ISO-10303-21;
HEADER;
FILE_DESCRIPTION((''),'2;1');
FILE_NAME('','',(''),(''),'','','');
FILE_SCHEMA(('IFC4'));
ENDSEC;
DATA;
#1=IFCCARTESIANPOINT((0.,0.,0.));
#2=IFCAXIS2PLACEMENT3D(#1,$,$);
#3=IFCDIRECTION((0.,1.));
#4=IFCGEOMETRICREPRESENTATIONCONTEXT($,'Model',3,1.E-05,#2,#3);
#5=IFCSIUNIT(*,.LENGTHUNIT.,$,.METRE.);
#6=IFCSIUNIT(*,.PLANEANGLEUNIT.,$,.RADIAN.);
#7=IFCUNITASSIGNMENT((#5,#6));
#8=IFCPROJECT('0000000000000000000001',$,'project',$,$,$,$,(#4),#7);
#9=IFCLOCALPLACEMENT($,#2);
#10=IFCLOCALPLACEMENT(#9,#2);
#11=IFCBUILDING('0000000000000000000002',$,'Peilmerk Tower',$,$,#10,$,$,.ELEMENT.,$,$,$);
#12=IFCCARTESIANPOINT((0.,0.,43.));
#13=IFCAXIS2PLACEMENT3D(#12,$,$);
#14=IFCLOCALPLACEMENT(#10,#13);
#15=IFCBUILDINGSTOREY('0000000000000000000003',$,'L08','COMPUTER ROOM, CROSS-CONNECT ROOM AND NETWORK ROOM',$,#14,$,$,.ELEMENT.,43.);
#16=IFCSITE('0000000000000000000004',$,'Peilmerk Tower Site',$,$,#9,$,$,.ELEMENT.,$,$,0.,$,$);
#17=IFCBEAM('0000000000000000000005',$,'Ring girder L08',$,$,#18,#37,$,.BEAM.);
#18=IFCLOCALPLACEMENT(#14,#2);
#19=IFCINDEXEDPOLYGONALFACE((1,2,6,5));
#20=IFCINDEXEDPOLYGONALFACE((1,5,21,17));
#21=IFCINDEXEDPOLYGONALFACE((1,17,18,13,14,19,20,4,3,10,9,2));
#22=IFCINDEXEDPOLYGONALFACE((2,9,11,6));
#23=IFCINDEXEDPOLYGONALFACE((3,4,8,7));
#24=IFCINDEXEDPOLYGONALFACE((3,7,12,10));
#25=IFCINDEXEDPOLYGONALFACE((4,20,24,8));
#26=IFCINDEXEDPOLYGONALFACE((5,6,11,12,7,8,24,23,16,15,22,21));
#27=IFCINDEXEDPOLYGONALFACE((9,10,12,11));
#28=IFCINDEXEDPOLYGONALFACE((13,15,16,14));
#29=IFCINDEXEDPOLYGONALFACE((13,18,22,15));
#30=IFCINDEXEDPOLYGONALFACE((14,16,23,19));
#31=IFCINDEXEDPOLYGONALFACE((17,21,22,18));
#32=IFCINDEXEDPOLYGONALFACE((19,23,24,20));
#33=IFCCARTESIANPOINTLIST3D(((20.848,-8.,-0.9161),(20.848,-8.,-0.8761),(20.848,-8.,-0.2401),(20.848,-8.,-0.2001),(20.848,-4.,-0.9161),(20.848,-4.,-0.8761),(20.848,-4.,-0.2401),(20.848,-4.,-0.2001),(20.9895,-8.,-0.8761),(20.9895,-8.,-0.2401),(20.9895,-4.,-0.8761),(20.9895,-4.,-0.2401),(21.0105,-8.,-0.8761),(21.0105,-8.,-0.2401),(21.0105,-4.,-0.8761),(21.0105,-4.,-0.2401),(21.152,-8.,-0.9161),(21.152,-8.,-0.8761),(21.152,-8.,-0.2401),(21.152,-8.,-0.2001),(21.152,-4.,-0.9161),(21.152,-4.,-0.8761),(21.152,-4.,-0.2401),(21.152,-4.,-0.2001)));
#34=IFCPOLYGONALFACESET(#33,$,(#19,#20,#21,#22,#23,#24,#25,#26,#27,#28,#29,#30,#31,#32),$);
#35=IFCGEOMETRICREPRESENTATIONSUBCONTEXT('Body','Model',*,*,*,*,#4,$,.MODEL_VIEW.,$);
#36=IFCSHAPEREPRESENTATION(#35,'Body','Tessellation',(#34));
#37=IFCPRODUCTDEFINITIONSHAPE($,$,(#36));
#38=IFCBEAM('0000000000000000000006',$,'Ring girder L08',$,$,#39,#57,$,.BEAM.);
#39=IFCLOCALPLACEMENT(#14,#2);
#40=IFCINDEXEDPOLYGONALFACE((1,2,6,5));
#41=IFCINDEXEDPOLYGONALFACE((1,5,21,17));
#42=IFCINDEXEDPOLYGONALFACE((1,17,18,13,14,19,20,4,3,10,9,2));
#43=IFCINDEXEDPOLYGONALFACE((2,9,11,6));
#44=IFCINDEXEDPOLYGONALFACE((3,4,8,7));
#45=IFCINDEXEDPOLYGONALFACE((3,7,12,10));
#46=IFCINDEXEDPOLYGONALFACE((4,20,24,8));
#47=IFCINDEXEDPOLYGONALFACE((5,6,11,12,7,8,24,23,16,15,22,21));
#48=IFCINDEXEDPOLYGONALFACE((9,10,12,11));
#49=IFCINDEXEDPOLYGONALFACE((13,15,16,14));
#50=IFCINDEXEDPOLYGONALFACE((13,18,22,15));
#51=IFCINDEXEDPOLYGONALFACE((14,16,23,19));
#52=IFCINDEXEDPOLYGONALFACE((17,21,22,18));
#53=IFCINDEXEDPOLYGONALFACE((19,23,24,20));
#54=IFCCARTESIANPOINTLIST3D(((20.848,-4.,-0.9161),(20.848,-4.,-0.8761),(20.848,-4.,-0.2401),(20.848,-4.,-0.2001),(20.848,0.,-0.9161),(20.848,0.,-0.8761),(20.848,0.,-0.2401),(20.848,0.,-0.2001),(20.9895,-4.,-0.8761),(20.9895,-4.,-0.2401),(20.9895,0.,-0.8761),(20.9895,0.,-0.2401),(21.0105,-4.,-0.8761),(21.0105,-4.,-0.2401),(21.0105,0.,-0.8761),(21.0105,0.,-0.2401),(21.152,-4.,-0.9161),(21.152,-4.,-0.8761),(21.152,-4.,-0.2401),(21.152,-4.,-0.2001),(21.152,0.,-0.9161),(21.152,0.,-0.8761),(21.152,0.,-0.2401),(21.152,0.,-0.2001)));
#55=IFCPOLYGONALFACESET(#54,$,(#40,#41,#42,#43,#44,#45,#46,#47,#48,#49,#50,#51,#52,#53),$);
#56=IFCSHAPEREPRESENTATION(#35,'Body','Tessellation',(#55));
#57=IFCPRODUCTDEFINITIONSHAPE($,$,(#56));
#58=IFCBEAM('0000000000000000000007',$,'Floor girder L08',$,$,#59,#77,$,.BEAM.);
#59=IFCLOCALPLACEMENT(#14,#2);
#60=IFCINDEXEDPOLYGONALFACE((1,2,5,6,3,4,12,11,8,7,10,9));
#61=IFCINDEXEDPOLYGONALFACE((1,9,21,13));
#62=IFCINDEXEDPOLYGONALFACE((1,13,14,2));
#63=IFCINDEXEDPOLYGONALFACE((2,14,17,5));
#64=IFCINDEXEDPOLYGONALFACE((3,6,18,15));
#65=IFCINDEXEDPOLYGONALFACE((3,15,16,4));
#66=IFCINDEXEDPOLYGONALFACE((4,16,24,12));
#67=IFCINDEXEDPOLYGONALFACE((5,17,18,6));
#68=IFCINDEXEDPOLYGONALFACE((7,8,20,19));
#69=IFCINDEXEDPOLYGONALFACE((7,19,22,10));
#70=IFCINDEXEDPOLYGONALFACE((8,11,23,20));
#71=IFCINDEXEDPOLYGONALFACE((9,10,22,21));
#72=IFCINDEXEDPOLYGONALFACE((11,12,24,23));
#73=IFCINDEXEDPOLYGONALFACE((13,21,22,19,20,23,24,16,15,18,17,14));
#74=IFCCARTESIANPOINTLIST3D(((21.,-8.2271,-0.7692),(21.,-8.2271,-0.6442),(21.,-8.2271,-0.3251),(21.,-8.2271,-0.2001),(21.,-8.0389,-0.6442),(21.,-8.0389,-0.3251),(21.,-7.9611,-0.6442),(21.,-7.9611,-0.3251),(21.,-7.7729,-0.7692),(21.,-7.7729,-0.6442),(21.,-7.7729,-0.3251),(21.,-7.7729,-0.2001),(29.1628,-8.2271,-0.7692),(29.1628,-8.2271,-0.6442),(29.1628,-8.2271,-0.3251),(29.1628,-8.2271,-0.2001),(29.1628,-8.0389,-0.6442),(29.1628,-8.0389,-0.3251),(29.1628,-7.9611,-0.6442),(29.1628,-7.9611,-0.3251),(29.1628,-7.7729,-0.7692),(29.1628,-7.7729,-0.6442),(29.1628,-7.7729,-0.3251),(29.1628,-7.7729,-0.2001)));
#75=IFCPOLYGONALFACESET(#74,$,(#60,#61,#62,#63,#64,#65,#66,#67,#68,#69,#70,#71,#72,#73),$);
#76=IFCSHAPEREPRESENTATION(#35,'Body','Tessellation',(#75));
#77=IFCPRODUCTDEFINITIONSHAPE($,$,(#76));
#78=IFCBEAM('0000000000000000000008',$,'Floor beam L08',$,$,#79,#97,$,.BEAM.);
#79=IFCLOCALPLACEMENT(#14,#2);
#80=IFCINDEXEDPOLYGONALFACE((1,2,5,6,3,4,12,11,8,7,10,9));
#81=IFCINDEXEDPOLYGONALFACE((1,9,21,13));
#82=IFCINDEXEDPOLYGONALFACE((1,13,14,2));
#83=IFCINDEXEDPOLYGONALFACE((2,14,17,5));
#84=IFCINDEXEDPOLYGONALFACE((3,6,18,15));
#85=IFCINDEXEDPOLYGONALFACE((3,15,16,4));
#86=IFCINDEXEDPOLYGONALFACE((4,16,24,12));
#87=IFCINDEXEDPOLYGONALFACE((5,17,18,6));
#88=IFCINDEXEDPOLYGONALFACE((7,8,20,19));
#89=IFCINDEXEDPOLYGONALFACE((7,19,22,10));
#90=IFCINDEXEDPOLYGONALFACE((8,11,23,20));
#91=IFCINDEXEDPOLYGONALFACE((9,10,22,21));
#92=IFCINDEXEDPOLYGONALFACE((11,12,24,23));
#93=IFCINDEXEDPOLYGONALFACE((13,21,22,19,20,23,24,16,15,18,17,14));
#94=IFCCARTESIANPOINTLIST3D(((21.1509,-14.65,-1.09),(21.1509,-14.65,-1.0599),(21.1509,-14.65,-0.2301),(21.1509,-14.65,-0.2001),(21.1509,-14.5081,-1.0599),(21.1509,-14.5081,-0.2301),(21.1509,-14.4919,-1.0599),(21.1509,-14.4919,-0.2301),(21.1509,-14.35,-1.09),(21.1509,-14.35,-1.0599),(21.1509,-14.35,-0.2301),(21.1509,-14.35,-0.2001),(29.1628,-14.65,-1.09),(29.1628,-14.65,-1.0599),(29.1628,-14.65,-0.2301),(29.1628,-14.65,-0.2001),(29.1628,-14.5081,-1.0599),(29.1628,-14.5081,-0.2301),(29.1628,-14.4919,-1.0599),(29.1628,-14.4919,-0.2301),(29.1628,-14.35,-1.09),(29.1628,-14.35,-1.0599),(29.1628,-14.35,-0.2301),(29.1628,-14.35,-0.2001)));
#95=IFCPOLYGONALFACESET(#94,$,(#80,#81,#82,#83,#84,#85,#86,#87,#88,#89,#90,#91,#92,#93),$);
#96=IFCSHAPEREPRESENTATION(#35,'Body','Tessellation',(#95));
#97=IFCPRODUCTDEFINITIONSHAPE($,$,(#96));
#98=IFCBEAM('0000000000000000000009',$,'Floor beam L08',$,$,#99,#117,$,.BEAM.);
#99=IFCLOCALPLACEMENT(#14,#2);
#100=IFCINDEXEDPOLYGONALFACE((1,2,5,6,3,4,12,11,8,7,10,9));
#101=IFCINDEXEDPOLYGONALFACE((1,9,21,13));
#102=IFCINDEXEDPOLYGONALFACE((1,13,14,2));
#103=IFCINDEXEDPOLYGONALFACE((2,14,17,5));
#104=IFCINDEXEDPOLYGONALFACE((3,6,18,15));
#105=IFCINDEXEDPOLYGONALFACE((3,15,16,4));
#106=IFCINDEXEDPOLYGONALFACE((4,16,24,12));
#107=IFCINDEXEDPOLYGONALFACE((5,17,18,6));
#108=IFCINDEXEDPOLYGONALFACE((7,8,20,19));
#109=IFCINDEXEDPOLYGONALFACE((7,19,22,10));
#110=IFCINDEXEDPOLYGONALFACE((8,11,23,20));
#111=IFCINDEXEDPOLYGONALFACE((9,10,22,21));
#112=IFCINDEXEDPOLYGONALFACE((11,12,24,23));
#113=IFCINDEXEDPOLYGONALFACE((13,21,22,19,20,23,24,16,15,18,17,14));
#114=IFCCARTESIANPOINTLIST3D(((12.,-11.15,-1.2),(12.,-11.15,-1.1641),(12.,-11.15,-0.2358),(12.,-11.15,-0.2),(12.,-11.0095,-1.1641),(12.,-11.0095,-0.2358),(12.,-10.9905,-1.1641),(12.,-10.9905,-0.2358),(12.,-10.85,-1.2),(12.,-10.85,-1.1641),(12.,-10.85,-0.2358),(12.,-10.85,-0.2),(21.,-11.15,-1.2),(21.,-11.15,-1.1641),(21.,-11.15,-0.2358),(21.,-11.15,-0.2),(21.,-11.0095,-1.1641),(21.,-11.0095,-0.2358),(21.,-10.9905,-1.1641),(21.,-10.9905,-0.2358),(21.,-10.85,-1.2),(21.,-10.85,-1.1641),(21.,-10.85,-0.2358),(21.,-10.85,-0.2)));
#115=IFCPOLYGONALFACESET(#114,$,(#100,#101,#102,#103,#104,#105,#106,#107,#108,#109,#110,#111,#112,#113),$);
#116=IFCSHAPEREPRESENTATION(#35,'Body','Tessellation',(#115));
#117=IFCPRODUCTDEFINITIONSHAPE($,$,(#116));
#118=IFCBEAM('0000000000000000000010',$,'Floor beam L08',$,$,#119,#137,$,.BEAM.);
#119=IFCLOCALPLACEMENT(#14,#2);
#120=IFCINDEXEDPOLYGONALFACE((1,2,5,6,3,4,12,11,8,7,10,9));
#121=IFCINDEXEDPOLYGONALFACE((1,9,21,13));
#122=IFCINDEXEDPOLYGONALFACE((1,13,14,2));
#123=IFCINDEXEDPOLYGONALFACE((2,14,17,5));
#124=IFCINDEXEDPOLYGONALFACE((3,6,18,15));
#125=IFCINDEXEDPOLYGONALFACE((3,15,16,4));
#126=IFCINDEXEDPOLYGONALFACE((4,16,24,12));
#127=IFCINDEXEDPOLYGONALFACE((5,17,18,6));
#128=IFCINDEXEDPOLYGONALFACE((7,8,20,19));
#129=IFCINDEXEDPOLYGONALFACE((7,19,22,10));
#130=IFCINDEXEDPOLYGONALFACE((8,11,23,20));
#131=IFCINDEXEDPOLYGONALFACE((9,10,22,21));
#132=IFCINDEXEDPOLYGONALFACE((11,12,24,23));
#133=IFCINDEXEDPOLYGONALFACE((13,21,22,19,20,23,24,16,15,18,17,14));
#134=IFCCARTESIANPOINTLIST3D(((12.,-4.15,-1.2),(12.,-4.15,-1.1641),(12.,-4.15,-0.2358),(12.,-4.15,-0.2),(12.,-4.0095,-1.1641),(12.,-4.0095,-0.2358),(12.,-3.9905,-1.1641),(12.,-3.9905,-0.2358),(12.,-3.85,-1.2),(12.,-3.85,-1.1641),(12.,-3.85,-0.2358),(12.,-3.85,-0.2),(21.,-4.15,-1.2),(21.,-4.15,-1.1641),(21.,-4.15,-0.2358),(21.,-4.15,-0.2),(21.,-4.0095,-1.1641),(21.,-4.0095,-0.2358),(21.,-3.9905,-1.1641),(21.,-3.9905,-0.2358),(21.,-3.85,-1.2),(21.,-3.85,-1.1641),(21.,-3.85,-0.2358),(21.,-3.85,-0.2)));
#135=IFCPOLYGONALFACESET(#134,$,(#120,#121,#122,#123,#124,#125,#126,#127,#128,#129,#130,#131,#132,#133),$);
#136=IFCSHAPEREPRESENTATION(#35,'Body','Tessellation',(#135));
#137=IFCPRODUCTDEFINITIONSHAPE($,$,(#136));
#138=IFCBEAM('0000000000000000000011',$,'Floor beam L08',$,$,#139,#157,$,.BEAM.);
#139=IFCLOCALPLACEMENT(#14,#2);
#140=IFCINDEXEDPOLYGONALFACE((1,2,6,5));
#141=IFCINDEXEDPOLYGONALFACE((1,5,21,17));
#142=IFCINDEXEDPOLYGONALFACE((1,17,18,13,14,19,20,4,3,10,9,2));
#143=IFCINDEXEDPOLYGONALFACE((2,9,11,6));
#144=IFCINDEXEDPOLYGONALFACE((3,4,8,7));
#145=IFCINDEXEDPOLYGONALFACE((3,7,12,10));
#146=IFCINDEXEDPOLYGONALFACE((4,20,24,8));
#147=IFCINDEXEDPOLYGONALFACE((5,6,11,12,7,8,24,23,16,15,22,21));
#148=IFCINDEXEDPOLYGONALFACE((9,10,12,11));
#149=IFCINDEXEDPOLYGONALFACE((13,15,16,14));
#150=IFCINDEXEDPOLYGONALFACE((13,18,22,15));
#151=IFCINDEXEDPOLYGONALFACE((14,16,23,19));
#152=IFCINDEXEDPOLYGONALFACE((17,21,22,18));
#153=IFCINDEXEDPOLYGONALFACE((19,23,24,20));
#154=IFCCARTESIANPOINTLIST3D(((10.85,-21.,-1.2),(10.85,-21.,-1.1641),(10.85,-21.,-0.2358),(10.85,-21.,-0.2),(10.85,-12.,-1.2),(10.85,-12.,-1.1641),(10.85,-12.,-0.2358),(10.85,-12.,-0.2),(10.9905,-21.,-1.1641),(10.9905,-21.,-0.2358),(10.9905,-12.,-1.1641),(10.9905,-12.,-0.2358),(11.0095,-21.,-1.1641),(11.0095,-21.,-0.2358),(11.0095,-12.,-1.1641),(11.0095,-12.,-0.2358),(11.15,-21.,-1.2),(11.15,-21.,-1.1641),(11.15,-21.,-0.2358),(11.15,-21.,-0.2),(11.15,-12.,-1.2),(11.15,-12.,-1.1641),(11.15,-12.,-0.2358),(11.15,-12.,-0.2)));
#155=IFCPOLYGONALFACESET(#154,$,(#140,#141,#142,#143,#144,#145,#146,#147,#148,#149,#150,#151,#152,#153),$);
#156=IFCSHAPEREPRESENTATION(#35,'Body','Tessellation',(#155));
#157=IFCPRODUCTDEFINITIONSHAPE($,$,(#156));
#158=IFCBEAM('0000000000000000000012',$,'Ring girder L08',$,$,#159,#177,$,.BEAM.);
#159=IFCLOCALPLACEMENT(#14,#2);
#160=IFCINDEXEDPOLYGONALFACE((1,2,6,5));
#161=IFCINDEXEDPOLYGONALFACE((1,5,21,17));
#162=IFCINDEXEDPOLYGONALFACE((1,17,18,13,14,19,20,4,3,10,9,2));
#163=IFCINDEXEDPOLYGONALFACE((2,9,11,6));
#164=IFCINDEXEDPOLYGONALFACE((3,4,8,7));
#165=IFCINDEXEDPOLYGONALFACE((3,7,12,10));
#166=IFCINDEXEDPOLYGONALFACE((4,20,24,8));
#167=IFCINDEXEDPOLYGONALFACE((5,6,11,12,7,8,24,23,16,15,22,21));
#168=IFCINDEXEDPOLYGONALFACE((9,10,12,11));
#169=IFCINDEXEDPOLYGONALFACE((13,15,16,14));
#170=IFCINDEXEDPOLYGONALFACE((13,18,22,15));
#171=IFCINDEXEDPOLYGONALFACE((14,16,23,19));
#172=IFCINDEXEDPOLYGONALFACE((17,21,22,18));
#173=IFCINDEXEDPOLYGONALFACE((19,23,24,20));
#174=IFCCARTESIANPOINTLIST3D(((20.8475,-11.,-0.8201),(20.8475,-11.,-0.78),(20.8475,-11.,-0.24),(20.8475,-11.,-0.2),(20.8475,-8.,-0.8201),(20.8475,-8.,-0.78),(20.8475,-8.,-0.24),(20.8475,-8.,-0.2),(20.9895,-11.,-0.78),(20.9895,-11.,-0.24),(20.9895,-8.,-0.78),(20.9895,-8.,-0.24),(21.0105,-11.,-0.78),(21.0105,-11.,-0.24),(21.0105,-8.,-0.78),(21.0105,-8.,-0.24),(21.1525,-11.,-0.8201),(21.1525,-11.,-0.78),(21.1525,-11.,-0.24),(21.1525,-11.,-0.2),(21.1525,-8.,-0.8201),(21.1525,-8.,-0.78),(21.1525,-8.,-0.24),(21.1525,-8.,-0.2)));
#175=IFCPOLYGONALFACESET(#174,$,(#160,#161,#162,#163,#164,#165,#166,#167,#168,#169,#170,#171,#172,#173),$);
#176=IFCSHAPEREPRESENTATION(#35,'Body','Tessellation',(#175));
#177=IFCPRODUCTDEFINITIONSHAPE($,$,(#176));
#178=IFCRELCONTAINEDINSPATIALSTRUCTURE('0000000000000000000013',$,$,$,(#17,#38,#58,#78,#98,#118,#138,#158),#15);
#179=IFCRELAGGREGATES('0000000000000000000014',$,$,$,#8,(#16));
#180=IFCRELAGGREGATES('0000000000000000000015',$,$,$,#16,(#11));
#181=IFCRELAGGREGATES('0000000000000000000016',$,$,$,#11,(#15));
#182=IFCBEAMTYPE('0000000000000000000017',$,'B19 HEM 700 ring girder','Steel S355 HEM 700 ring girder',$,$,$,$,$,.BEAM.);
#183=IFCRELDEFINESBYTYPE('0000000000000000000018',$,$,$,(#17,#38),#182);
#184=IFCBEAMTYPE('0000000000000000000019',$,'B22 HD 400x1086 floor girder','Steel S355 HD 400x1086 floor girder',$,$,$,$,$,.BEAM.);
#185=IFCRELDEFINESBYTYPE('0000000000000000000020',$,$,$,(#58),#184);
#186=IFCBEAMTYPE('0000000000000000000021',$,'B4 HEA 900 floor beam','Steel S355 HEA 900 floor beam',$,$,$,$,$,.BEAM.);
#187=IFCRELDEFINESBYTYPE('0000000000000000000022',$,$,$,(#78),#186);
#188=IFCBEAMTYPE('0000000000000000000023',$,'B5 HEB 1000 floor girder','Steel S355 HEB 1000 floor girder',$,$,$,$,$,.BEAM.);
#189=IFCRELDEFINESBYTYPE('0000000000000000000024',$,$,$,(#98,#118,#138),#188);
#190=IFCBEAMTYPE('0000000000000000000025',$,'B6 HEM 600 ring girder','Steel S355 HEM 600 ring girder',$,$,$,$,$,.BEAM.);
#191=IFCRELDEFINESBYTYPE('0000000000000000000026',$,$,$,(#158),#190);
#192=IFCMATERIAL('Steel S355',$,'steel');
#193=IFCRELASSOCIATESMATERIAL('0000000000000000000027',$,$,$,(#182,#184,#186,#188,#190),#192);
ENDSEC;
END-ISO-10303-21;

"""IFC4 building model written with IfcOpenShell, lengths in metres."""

from ifc_helpers import new_model, si_unit, direction, frame, origin, origin_2d, place, context, subcontext, project, spatial, i_section, extrude, material, material_profile, profile_set, type_object, element, save


model = new_model("IFC4")

# Units and contexts
model_context = context("Model", 3, precision=1e-05, world=origin(), true_north=direction((0.0, 1.0)))
body_context = subcontext(model_context, "Body", "Model", "MODEL_VIEW")
ifc_project = project(units=[si_unit("LENGTHUNIT", "METRE"), si_unit("PLANEANGLEUNIT", "RADIAN")], contexts=[model_context])

# Site, building, storey
site_placement = place(None, origin())
site = spatial("IfcSite", under=ifc_project, at=site_placement, Name="Peilmerk Tower Site", CompositionType="ELEMENT", RefElevation=0.0)
building_placement = place(site_placement, origin())
building = spatial("IfcBuilding", under=site, at=building_placement, Name="Peilmerk Tower", CompositionType="ELEMENT")
storey_placement = place(building_placement, frame((0.0, 0.0, 43.0)))
storey = spatial("IfcBuildingStorey", under=building, at=storey_placement, Name="L08", Description="COMPUTER ROOM, CROSS-CONNECT ROOM AND NETWORK ROOM", CompositionType="ELEMENT", Elevation=43.0)

# Beams
ifc_material_1 = material(Name="Steel S355", Category="steel")
ifc_material_profile_1 = material_profile(ifc_material_1, i_section(OverallWidth=0.304, OverallDepth=0.7161, WebThickness=0.021, FlangeThickness=0.04, at=origin_2d()), Name="HEM 700")
ifc_profile_set_1 = profile_set([ifc_material_profile_1], Name="Steel S355")
beam_type_1 = type_object("IfcBeamType", Name="B19 HEM 700 ring girder", Description="Steel S355 HEM 700 ring girder", PredefinedType="BEAM", material=ifc_profile_set_1)
for number, where, z_axis, x_axis, name in (
    (1, (21.0, -8.0, -0.5581), (0.0, 1.0, 0.0), (-1.0, 0.0, 0.0), "Ring girder L08"),
    (2, (21.0, -4.0, -0.5581), (0.0, 1.0, 0.0), (-1.0, 0.0, 0.0), "Ring girder L08"),
):
    element("IfcBeam", number, at=place(storey_placement, frame(where, z_axis=z_axis, x_axis=x_axis)), inside=storey, type_object=beam_type_1, Name=name, PredefinedType="BEAM", context=body_context, shape_type="SweptSolid", body=[
        extrude(i_section(OverallWidth=0.304, OverallDepth=0.7161, WebThickness=0.021, FlangeThickness=0.04, at=origin_2d()), origin(), (0.0, 0.0, 1.0), 4.0),
    ])
ifc_material_profile_2 = material_profile(ifc_material_1, i_section(OverallWidth=0.4541, OverallDepth=0.5691, WebThickness=0.0779, FlangeThickness=0.125, at=origin_2d()), Name="HD 400x1086")
ifc_profile_set_2 = profile_set([ifc_material_profile_2], Name="Steel S355")
beam_type_2 = type_object("IfcBeamType", Name="B22 HD 400x1086 floor girder", Description="Steel S355 HD 400x1086 floor girder", PredefinedType="BEAM", material=ifc_profile_set_2)
beam_1_placement = place(storey_placement, frame((21.0, -8.0, -0.4846), z_axis=(1.0, 0.0, 0.0), x_axis=(0.0, 1.0, 0.0)))
element("IfcBeam", 3, at=beam_1_placement, inside=storey, type_object=beam_type_2, Name="Floor girder L08", PredefinedType="BEAM", context=body_context, shape_type="SweptSolid", body=[
    extrude(i_section(OverallWidth=0.4541, OverallDepth=0.5691, WebThickness=0.0779, FlangeThickness=0.125, at=origin_2d()), origin(), (0.0, 0.0, 1.0), 8.1628),
])
ifc_material_profile_3 = material_profile(ifc_material_1, i_section(OverallWidth=0.3, OverallDepth=0.8899, WebThickness=0.0161, FlangeThickness=0.03, at=origin_2d()), Name="HEA 900")
ifc_profile_set_3 = profile_set([ifc_material_profile_3], Name="Steel S355")
beam_type_3 = type_object("IfcBeamType", Name="B4 HEA 900 floor beam", Description="Steel S355 HEA 900 floor beam", PredefinedType="BEAM", material=ifc_profile_set_3)
beam_2_placement = place(storey_placement, frame((21.1509, -14.5, -0.645), z_axis=(1.0, 0.0, 0.0), x_axis=(0.0, 1.0, 0.0)))
element("IfcBeam", 4, at=beam_2_placement, inside=storey, type_object=beam_type_3, Name="Floor beam L08", PredefinedType="BEAM", context=body_context, shape_type="SweptSolid", body=[
    extrude(i_section(OverallWidth=0.3, OverallDepth=0.8899, WebThickness=0.0161, FlangeThickness=0.03, at=origin_2d()), origin(), (0.0, 0.0, 1.0), 8.012),
])
ifc_material_profile_4 = material_profile(ifc_material_1, i_section(OverallWidth=0.3, OverallDepth=1.0, WebThickness=0.019, FlangeThickness=0.0359, at=origin_2d()), Name="HEB 1000")
ifc_profile_set_4 = profile_set([ifc_material_profile_4], Name="Steel S355")
beam_type_4 = type_object("IfcBeamType", Name="B5 HEB 1000 floor girder", Description="Steel S355 HEB 1000 floor girder", PredefinedType="BEAM", material=ifc_profile_set_4)
for number, where, z_axis, x_axis, name in (
    (5, (12.0, -11.0, -0.7), (1.0, 0.0, 0.0), (0.0, 1.0, 0.0), "Floor beam L08"),
    (6, (12.0, -4.0, -0.7), (1.0, 0.0, 0.0), (0.0, 1.0, 0.0), "Floor beam L08"),
    (7, (11.0, -12.0, -0.7), (0.0, -1.0, 0.0), (1.0, 0.0, 0.0), "Floor beam L08"),
):
    element("IfcBeam", number, at=place(storey_placement, frame(where, z_axis=z_axis, x_axis=x_axis)), inside=storey, type_object=beam_type_4, Name=name, PredefinedType="BEAM", context=body_context, shape_type="SweptSolid", body=[
        extrude(i_section(OverallWidth=0.3, OverallDepth=1.0, WebThickness=0.019, FlangeThickness=0.0359, at=origin_2d()), origin(), (0.0, 0.0, 1.0), 9.0),
    ])
ifc_material_profile_5 = material_profile(ifc_material_1, i_section(OverallWidth=0.3049, OverallDepth=0.6201, WebThickness=0.021, FlangeThickness=0.04, at=origin_2d()), Name="HEM 600")
ifc_profile_set_5 = profile_set([ifc_material_profile_5], Name="Steel S355")
beam_type_5 = type_object("IfcBeamType", Name="B6 HEM 600 ring girder", Description="Steel S355 HEM 600 ring girder", PredefinedType="BEAM", material=ifc_profile_set_5)
beam_3_placement = place(storey_placement, frame((21.0, -11.0, -0.51), z_axis=(0.0, 1.0, 0.0), x_axis=(-1.0, 0.0, 0.0)))
element("IfcBeam", 8, at=beam_3_placement, inside=storey, type_object=beam_type_5, Name="Ring girder L08", PredefinedType="BEAM", context=body_context, shape_type="SweptSolid", body=[
    extrude(i_section(OverallWidth=0.3049, OverallDepth=0.6201, WebThickness=0.021, FlangeThickness=0.04, at=origin_2d()), origin(), (0.0, 0.0, 1.0), 3.0),
])

save(model, "model.ifc")
